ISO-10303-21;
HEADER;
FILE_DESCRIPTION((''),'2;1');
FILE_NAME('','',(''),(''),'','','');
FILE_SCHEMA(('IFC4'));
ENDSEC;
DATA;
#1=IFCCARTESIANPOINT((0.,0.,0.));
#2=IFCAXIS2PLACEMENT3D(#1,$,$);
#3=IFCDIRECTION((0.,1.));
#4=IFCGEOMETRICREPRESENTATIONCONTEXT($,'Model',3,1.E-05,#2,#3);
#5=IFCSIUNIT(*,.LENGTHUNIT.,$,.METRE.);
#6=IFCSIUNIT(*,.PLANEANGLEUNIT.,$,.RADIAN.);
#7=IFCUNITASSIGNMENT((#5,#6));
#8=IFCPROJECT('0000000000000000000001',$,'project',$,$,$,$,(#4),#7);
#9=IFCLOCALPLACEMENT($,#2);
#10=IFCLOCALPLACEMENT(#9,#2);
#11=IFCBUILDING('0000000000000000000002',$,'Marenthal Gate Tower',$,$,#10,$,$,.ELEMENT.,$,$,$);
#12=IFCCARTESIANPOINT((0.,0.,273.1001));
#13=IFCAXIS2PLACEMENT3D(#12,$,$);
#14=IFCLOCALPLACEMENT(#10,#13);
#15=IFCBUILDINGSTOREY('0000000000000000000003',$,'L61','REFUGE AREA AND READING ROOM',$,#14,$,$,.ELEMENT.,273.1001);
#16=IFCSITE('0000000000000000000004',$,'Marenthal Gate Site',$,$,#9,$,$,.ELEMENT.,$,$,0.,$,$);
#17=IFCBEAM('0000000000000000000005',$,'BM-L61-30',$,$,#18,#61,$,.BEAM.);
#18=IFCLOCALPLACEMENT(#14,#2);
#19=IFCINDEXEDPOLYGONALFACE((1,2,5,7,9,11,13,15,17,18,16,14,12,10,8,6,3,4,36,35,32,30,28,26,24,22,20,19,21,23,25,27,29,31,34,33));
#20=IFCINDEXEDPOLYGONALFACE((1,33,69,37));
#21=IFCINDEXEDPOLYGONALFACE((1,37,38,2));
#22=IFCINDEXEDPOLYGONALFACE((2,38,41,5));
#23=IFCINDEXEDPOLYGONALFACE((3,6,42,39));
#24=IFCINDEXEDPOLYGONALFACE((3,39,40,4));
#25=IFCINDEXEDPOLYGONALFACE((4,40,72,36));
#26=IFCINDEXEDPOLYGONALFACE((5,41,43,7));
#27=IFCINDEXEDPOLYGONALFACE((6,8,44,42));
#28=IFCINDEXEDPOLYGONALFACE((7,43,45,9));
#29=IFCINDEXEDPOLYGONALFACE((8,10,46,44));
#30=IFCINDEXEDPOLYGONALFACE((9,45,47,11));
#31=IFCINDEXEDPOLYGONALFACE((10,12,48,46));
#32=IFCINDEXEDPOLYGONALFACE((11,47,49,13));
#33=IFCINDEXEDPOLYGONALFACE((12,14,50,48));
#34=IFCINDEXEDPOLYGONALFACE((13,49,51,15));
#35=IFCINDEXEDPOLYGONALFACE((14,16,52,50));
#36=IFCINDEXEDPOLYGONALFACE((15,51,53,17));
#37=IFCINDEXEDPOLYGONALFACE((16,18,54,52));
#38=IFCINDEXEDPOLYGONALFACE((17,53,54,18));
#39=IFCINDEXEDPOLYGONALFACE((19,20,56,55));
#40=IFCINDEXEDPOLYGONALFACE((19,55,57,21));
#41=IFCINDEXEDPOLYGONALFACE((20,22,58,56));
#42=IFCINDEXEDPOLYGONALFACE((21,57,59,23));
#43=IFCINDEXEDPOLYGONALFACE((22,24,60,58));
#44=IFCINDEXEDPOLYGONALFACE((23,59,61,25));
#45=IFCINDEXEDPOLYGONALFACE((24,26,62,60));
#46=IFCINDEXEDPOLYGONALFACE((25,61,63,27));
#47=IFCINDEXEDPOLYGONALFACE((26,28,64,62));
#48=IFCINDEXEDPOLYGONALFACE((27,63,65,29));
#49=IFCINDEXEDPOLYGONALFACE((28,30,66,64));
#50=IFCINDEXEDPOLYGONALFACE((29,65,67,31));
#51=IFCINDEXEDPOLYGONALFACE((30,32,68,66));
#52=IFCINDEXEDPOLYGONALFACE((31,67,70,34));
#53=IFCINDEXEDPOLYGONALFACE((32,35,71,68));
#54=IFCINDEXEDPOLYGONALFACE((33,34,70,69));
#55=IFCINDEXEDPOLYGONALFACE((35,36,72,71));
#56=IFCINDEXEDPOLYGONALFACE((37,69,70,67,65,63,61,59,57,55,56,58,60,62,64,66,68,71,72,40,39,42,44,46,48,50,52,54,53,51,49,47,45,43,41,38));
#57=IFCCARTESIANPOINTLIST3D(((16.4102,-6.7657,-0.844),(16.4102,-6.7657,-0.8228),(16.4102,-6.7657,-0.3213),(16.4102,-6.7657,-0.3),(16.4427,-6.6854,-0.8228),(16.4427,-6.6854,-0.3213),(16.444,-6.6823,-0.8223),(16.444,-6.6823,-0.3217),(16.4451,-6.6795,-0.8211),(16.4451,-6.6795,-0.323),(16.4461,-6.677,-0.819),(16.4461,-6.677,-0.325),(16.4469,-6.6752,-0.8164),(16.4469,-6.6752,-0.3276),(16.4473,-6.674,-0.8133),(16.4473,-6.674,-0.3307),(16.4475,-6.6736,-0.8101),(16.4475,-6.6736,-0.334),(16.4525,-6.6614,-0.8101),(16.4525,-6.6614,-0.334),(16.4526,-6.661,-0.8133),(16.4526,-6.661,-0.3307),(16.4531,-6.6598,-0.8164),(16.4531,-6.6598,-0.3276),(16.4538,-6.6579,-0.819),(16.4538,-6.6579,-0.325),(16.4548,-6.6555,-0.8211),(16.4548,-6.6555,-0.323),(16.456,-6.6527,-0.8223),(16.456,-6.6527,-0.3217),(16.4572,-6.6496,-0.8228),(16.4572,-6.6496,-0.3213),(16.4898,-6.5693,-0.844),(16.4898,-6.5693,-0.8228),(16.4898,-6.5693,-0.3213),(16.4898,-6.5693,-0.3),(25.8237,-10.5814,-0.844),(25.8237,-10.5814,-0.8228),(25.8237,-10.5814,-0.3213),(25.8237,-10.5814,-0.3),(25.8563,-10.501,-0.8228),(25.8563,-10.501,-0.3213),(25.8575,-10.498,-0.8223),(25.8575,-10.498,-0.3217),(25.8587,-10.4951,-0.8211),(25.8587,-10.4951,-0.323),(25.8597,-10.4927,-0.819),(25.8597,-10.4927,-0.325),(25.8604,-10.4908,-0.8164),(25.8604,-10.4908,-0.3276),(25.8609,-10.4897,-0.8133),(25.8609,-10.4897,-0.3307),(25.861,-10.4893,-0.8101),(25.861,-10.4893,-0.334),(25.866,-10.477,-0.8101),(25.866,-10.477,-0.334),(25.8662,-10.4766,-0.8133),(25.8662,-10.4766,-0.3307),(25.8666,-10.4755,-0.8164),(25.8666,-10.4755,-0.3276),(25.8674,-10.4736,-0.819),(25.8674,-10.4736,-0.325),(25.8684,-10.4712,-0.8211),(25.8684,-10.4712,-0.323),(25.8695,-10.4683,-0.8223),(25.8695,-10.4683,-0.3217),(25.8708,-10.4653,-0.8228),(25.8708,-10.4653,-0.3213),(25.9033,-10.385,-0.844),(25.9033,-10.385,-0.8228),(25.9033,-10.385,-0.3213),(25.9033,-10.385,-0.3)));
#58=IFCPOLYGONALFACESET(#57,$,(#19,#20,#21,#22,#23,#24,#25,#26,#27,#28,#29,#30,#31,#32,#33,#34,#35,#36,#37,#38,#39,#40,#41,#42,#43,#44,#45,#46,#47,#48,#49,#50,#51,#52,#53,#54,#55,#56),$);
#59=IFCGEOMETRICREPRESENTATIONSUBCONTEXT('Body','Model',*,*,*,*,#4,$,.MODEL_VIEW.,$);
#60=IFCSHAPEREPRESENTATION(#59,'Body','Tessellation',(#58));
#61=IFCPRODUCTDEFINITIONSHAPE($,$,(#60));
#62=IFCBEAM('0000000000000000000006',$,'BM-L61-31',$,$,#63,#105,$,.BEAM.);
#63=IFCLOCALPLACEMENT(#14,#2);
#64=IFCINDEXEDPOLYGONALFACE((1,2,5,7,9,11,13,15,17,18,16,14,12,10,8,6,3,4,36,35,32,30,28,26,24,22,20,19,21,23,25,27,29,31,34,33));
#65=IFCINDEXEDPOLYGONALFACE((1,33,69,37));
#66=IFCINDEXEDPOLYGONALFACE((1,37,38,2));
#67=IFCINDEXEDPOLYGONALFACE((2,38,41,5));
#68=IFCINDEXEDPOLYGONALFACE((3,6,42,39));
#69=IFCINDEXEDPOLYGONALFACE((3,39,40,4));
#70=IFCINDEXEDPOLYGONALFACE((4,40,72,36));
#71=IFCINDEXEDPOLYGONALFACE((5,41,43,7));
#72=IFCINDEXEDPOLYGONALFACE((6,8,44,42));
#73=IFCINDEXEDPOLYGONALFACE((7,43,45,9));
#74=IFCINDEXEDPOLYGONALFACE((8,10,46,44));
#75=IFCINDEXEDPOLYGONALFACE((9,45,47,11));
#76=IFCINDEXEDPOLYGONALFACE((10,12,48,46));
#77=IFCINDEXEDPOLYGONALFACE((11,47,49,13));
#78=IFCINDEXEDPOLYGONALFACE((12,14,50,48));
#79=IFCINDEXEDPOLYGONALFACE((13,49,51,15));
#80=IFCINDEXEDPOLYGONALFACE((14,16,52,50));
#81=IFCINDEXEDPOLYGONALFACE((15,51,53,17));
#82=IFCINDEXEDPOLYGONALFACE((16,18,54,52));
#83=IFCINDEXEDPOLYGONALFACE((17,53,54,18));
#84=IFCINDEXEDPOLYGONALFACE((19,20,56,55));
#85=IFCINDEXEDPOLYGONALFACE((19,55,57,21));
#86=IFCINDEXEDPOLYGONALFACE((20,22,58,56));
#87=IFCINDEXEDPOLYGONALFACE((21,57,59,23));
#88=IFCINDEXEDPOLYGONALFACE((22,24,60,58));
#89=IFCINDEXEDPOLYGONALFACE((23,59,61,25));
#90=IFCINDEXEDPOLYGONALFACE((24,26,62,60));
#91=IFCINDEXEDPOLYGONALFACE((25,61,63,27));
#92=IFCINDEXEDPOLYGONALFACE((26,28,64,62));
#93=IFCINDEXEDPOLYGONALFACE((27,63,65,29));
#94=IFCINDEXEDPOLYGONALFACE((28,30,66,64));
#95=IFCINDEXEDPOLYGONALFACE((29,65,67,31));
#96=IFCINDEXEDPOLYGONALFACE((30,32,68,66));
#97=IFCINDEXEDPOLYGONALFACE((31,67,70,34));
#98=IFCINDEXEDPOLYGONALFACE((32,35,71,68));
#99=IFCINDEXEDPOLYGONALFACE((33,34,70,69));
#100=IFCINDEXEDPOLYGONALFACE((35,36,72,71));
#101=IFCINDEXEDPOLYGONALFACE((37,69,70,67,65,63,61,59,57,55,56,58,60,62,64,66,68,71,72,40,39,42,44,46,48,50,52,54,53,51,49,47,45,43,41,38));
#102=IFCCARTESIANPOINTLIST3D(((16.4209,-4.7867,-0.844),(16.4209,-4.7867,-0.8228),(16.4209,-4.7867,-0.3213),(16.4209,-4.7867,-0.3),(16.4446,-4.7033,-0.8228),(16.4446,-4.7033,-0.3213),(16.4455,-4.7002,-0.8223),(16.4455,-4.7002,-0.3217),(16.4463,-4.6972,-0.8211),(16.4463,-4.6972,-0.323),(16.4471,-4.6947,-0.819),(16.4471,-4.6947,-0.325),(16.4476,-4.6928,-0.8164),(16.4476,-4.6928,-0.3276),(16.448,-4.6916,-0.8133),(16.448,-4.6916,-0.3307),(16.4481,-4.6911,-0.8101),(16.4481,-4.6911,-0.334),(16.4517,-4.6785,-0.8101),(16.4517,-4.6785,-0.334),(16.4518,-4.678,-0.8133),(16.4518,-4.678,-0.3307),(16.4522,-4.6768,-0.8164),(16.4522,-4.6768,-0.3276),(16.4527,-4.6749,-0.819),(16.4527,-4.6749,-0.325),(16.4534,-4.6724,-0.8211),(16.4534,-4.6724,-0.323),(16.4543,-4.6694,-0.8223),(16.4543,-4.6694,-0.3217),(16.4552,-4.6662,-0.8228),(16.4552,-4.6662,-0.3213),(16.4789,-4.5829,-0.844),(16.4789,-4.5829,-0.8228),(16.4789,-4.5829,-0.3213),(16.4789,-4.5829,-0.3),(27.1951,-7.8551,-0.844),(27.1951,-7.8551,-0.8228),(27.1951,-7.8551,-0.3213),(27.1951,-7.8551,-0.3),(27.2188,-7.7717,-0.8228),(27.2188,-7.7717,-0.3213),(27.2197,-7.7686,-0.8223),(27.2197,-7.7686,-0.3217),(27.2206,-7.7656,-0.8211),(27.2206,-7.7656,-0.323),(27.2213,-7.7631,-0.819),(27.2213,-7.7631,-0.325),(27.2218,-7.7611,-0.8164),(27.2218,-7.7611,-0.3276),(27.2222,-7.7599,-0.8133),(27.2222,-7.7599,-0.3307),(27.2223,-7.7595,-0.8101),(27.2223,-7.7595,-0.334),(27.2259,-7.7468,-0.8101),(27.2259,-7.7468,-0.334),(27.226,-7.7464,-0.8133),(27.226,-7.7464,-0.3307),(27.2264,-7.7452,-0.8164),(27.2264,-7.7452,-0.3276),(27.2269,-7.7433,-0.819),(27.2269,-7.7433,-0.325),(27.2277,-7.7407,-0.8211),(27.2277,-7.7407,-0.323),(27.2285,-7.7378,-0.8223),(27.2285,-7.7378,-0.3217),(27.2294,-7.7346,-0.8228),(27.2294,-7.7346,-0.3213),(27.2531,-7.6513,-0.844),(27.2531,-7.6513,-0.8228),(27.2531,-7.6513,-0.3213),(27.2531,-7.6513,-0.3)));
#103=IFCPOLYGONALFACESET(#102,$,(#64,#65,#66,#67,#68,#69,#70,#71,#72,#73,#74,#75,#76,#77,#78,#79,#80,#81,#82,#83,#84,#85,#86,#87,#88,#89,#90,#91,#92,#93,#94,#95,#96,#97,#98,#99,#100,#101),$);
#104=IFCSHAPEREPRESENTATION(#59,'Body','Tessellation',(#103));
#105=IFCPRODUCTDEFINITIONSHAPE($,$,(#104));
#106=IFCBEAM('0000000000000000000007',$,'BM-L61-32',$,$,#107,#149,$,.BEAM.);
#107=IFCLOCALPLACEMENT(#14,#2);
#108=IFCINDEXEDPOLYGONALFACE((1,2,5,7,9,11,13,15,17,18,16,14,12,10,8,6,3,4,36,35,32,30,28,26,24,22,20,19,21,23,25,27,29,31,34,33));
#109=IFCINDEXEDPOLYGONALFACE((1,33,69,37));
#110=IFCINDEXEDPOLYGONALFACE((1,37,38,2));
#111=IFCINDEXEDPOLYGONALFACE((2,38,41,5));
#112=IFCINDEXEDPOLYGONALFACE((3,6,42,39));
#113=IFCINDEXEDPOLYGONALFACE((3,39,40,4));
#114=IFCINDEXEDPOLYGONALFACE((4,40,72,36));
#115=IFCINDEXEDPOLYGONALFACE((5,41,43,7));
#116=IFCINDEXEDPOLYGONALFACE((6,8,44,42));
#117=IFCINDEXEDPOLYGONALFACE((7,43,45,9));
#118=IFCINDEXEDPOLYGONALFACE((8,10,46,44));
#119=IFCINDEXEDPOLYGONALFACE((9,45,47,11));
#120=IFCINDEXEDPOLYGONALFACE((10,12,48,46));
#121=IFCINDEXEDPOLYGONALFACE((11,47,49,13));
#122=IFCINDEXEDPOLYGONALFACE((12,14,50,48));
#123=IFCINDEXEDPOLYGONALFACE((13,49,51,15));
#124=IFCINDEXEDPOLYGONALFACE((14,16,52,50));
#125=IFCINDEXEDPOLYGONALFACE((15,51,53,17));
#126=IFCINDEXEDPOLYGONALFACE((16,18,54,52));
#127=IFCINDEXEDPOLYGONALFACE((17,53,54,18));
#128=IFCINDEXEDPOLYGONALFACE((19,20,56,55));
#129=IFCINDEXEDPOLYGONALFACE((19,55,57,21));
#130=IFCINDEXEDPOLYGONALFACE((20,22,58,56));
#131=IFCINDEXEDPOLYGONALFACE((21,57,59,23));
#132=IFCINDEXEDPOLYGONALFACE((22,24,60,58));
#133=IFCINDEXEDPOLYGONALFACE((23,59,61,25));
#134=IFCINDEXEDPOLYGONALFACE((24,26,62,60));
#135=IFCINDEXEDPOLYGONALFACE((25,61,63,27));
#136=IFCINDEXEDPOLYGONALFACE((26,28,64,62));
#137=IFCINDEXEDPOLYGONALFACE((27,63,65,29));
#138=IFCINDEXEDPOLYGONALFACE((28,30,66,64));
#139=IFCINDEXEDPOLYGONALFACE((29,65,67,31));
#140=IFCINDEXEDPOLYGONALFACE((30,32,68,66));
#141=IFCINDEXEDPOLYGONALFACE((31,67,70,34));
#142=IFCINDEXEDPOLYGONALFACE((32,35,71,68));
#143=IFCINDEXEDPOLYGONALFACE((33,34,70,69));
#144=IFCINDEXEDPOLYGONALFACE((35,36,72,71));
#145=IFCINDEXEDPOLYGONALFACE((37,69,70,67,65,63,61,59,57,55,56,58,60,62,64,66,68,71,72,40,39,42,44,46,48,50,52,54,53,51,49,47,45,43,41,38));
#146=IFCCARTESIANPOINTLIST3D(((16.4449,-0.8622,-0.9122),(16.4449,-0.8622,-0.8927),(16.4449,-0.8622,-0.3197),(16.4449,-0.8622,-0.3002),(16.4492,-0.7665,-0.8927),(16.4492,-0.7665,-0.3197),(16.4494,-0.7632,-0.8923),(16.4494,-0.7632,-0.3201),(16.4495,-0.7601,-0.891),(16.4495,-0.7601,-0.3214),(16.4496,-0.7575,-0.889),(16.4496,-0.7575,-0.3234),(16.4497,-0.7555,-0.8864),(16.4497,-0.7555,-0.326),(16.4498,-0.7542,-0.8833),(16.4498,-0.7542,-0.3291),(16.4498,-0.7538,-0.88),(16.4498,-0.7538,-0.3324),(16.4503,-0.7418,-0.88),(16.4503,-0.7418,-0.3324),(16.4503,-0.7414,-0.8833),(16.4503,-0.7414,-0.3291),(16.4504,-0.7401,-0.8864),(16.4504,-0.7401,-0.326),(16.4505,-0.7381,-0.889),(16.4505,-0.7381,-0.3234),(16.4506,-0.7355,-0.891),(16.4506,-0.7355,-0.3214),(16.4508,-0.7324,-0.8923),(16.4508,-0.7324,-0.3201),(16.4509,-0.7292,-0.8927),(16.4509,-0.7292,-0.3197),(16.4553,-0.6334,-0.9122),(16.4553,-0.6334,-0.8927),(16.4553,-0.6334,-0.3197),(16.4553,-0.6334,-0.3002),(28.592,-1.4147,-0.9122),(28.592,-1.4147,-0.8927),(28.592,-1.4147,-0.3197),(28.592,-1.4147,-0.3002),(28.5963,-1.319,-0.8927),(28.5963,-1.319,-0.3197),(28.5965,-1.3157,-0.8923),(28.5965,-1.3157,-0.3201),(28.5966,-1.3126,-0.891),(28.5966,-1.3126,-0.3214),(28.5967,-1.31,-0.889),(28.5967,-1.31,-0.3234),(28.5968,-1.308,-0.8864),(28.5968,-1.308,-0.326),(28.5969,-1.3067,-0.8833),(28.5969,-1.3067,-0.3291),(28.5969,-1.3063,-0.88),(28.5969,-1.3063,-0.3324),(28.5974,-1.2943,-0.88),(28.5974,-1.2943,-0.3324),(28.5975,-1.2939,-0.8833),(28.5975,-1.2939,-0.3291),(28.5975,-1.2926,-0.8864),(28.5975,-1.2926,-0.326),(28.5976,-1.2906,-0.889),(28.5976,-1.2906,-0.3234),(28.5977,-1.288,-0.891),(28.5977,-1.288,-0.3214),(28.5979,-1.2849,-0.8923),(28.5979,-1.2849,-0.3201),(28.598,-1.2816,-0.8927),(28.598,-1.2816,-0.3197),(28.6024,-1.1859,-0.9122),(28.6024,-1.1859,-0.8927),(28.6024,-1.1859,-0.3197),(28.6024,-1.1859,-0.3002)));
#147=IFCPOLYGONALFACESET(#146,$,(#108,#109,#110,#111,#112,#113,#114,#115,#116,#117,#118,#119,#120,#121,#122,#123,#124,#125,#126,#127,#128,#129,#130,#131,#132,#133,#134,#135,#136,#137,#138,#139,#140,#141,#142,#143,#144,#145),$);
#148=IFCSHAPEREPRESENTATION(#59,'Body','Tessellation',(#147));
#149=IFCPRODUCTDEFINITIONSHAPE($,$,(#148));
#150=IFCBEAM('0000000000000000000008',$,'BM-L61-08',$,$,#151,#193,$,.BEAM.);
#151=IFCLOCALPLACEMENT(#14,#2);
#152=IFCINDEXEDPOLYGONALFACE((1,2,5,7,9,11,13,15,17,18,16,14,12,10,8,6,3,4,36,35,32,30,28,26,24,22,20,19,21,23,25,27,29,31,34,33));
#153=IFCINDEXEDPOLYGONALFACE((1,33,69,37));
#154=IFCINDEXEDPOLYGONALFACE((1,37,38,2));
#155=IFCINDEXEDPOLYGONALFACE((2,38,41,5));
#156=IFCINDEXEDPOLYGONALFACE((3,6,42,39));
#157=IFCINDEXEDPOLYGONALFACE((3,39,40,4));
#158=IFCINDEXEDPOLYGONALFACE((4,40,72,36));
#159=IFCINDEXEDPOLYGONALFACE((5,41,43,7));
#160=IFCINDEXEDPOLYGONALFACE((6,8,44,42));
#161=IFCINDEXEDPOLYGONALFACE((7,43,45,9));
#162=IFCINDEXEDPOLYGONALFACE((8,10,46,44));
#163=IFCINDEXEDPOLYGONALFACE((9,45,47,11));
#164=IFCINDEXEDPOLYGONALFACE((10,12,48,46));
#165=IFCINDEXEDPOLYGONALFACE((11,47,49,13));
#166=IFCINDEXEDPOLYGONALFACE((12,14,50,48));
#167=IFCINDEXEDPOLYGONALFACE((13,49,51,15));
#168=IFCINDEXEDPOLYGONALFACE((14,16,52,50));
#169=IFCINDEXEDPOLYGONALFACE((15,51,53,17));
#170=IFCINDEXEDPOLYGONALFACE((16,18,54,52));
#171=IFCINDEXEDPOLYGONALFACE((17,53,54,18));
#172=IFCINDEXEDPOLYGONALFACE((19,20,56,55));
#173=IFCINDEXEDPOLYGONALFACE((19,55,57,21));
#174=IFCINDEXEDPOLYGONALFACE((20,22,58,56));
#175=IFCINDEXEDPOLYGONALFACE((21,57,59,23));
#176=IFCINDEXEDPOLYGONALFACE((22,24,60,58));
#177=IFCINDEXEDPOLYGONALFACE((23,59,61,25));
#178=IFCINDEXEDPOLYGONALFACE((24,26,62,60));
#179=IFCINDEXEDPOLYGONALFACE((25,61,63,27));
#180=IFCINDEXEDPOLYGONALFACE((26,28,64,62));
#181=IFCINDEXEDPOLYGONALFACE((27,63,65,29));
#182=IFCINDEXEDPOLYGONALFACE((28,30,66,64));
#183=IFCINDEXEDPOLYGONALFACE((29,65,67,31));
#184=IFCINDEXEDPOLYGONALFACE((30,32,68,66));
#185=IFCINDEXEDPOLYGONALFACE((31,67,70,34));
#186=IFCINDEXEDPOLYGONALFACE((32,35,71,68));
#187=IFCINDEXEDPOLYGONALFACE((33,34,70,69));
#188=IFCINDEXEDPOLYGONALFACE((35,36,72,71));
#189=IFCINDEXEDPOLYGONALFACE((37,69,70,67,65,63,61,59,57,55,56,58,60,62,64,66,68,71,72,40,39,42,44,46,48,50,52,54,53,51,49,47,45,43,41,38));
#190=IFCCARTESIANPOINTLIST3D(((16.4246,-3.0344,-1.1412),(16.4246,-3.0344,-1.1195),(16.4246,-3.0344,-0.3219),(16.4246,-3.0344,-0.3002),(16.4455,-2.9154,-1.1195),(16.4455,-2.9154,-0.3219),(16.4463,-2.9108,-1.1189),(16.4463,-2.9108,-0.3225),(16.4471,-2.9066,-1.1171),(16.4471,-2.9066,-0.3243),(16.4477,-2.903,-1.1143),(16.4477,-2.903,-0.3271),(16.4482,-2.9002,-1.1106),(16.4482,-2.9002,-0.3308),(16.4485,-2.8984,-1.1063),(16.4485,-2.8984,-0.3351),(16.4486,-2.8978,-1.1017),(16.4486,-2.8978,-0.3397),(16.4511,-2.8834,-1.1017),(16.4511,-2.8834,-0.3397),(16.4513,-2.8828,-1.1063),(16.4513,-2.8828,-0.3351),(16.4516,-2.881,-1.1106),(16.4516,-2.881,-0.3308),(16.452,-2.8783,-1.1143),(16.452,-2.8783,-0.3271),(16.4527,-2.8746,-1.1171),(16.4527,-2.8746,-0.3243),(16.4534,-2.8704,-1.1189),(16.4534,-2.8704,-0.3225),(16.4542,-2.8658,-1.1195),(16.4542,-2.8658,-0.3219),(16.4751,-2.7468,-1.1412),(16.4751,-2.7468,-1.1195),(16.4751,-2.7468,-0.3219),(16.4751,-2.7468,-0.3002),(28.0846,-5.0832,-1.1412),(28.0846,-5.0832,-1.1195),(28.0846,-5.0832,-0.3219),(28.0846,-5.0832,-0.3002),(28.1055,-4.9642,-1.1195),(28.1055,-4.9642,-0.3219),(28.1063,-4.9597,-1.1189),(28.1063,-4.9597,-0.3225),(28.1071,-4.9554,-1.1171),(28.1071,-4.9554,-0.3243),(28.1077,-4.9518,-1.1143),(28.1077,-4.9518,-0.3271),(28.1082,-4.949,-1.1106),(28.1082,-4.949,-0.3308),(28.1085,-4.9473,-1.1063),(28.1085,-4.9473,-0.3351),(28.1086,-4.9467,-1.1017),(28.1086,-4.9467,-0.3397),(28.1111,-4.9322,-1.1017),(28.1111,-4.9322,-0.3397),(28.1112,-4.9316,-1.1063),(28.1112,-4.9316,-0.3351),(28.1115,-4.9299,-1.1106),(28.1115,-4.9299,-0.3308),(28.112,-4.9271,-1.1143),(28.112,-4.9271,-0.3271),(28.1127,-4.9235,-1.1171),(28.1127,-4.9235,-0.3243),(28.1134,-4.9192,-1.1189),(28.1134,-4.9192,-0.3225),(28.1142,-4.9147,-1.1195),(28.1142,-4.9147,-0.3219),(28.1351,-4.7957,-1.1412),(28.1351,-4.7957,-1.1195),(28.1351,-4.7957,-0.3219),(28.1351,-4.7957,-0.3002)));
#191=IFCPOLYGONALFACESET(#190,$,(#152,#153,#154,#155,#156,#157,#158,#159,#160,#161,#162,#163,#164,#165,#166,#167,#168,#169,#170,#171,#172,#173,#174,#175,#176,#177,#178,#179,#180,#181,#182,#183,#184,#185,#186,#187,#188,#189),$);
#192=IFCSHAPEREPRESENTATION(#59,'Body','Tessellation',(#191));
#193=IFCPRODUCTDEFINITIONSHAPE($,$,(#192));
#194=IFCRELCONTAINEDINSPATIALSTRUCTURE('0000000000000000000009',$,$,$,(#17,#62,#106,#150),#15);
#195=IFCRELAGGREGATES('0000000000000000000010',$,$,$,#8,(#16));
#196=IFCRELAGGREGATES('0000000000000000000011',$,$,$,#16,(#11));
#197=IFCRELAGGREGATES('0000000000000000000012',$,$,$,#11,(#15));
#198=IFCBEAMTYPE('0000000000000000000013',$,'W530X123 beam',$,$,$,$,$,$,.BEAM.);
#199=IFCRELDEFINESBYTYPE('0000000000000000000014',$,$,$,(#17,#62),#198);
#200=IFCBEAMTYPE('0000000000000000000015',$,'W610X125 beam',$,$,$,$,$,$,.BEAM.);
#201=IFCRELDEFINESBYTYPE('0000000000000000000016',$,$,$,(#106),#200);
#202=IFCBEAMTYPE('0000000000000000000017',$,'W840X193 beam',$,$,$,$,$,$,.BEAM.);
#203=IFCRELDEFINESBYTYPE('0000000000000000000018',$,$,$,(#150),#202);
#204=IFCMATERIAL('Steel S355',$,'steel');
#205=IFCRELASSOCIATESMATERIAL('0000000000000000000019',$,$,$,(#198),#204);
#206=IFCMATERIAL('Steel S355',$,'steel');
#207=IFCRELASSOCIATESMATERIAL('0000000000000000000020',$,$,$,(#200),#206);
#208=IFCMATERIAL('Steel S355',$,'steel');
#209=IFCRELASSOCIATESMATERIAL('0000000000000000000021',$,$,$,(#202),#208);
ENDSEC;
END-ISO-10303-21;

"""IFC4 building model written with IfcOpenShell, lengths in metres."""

from ifc_helpers import new_model, si_unit, direction, frame, origin, origin_2d, place, context, subcontext, project, spatial, i_section, extrude, material, material_profile, profile_set, type_object, element, save


model = new_model("IFC4")

# Units and contexts
model_context = context("Model", 3, precision=1e-05, world=origin(), true_north=direction((0.0, 1.0)))
body_context = subcontext(model_context, "Body", "Model", "MODEL_VIEW")
ifc_project = project(units=[si_unit("LENGTHUNIT", "METRE"), si_unit("PLANEANGLEUNIT", "RADIAN")], contexts=[model_context])

# Site, building, storey
site_placement = place(None, origin())
site = spatial("IfcSite", under=ifc_project, at=site_placement, Name="Marenthal Gate Site", CompositionType="ELEMENT", RefElevation=0.0)
building_placement = place(site_placement, origin())
building = spatial("IfcBuilding", under=site, at=building_placement, Name="Marenthal Gate Tower", CompositionType="ELEMENT")
storey_placement = place(building_placement, frame((0.0, 0.0, 273.1001)))
storey = spatial("IfcBuildingStorey", under=building, at=storey_placement, Name="L61", Description="REFUGE AREA AND READING ROOM", CompositionType="ELEMENT", Elevation=273.1001)

# Beams
ifc_material_1 = material(Name="Steel S355", Category="steel")
ifc_material_profile_1 = material_profile(ifc_material_1, i_section(OverallWidth=0.2119, OverallDepth=0.5439, WebThickness=0.0132, FlangeThickness=0.0212, FilletRadius=0.0127, at=origin_2d()), Name="W530X123")
ifc_profile_set_1 = profile_set([ifc_material_profile_1], Name="Steel S355")
beam_type_1 = type_object("IfcBeamType", Name="W530X123 beam", PredefinedType="BEAM", material=ifc_profile_set_1)
beam_1_placement = place(storey_placement, frame((25.8635, -10.4832, -0.572), z_axis=(-0.926761, 0.375651, 0.0), x_axis=(-0.375651, -0.926761, 0.0)))
element("IfcBeam", 1, at=beam_1_placement, inside=storey, type_object=beam_type_1, Name="BM-L61-30", PredefinedType="BEAM", context=body_context, shape_type="SweptSolid", body=[
    extrude(i_section(OverallWidth=0.2119, OverallDepth=0.5439, WebThickness=0.0132, FlangeThickness=0.0212, FilletRadius=0.0127, at=origin_2d()), origin(), (0.0, 0.0, 1.0), 10.1575),
])
beam_2_placement = place(storey_placement, frame((27.2241, -7.7532, -0.572), z_axis=(-0.961759, 0.273898, 0.0), x_axis=(-0.273898, -0.961759, 0.0)))
element("IfcBeam", 2, at=beam_2_placement, inside=storey, type_object=beam_type_1, Name="BM-L61-31", PredefinedType="BEAM", context=body_context, shape_type="SweptSolid", body=[
    extrude(i_section(OverallWidth=0.2119, OverallDepth=0.5439, WebThickness=0.0132, FlangeThickness=0.0212, FilletRadius=0.0127, at=origin_2d()), origin(), (0.0, 0.0, 1.0), 11.2026),
])
ifc_material_2 = material(Name="Steel S355", Category="steel")
ifc_material_profile_2 = material_profile(ifc_material_2, i_section(OverallWidth=0.229, OverallDepth=0.6121, WebThickness=0.012, FlangeThickness=0.0195, FilletRadius=0.0127, at=origin_2d()), Name="W610X125")
ifc_profile_set_2 = profile_set([ifc_material_profile_2], Name="Steel S355")
beam_type_2 = type_object("IfcBeamType", Name="W610X125 beam", PredefinedType="BEAM", material=ifc_profile_set_2)
beam_3_placement = place(storey_placement, frame((28.5972, -1.3003, -0.6062), z_axis=(-0.998967, 0.045436, 0.0), x_axis=(-0.045436, -0.998967, 0.0)))
element("IfcBeam", 3, at=beam_3_placement, inside=storey, type_object=beam_type_2, Name="BM-L61-32", PredefinedType="BEAM", context=body_context, shape_type="SweptSolid", body=[
    extrude(i_section(OverallWidth=0.229, OverallDepth=0.6121, WebThickness=0.012, FlangeThickness=0.0195, FilletRadius=0.0127, at=origin_2d()), origin(), (0.0, 0.0, 1.0), 12.1597),
])
ifc_material_3 = material(Name="Steel S355", Category="steel")
ifc_material_profile_3 = material_profile(ifc_material_3, i_section(OverallWidth=0.292, OverallDepth=0.8411, WebThickness=0.0146, FlangeThickness=0.0217, FilletRadius=0.0178, at=origin_2d()), Name="W840X193")
ifc_profile_set_3 = profile_set([ifc_material_profile_3], Name="Steel S355")
beam_type_3 = type_object("IfcBeamType", Name="W840X193 beam", PredefinedType="BEAM", material=ifc_profile_set_3)
beam_4_placement = place(storey_placement, frame((28.1099, -4.9395, -0.7207), z_axis=(-0.984911, 0.173064, 0.0), x_axis=(-0.173064, -0.984911, 0.0)))
element("IfcBeam", 4, at=beam_4_placement, inside=storey, type_object=beam_type_3, Name="BM-L61-08", PredefinedType="BEAM", context=body_context, shape_type="SweptSolid", body=[
    extrude(i_section(OverallWidth=0.292, OverallDepth=0.8411, WebThickness=0.0146, FlangeThickness=0.0217, FilletRadius=0.0178, at=origin_2d()), origin(), (0.0, 0.0, 1.0), 11.8386),
])

save(model, "model.ifc")
